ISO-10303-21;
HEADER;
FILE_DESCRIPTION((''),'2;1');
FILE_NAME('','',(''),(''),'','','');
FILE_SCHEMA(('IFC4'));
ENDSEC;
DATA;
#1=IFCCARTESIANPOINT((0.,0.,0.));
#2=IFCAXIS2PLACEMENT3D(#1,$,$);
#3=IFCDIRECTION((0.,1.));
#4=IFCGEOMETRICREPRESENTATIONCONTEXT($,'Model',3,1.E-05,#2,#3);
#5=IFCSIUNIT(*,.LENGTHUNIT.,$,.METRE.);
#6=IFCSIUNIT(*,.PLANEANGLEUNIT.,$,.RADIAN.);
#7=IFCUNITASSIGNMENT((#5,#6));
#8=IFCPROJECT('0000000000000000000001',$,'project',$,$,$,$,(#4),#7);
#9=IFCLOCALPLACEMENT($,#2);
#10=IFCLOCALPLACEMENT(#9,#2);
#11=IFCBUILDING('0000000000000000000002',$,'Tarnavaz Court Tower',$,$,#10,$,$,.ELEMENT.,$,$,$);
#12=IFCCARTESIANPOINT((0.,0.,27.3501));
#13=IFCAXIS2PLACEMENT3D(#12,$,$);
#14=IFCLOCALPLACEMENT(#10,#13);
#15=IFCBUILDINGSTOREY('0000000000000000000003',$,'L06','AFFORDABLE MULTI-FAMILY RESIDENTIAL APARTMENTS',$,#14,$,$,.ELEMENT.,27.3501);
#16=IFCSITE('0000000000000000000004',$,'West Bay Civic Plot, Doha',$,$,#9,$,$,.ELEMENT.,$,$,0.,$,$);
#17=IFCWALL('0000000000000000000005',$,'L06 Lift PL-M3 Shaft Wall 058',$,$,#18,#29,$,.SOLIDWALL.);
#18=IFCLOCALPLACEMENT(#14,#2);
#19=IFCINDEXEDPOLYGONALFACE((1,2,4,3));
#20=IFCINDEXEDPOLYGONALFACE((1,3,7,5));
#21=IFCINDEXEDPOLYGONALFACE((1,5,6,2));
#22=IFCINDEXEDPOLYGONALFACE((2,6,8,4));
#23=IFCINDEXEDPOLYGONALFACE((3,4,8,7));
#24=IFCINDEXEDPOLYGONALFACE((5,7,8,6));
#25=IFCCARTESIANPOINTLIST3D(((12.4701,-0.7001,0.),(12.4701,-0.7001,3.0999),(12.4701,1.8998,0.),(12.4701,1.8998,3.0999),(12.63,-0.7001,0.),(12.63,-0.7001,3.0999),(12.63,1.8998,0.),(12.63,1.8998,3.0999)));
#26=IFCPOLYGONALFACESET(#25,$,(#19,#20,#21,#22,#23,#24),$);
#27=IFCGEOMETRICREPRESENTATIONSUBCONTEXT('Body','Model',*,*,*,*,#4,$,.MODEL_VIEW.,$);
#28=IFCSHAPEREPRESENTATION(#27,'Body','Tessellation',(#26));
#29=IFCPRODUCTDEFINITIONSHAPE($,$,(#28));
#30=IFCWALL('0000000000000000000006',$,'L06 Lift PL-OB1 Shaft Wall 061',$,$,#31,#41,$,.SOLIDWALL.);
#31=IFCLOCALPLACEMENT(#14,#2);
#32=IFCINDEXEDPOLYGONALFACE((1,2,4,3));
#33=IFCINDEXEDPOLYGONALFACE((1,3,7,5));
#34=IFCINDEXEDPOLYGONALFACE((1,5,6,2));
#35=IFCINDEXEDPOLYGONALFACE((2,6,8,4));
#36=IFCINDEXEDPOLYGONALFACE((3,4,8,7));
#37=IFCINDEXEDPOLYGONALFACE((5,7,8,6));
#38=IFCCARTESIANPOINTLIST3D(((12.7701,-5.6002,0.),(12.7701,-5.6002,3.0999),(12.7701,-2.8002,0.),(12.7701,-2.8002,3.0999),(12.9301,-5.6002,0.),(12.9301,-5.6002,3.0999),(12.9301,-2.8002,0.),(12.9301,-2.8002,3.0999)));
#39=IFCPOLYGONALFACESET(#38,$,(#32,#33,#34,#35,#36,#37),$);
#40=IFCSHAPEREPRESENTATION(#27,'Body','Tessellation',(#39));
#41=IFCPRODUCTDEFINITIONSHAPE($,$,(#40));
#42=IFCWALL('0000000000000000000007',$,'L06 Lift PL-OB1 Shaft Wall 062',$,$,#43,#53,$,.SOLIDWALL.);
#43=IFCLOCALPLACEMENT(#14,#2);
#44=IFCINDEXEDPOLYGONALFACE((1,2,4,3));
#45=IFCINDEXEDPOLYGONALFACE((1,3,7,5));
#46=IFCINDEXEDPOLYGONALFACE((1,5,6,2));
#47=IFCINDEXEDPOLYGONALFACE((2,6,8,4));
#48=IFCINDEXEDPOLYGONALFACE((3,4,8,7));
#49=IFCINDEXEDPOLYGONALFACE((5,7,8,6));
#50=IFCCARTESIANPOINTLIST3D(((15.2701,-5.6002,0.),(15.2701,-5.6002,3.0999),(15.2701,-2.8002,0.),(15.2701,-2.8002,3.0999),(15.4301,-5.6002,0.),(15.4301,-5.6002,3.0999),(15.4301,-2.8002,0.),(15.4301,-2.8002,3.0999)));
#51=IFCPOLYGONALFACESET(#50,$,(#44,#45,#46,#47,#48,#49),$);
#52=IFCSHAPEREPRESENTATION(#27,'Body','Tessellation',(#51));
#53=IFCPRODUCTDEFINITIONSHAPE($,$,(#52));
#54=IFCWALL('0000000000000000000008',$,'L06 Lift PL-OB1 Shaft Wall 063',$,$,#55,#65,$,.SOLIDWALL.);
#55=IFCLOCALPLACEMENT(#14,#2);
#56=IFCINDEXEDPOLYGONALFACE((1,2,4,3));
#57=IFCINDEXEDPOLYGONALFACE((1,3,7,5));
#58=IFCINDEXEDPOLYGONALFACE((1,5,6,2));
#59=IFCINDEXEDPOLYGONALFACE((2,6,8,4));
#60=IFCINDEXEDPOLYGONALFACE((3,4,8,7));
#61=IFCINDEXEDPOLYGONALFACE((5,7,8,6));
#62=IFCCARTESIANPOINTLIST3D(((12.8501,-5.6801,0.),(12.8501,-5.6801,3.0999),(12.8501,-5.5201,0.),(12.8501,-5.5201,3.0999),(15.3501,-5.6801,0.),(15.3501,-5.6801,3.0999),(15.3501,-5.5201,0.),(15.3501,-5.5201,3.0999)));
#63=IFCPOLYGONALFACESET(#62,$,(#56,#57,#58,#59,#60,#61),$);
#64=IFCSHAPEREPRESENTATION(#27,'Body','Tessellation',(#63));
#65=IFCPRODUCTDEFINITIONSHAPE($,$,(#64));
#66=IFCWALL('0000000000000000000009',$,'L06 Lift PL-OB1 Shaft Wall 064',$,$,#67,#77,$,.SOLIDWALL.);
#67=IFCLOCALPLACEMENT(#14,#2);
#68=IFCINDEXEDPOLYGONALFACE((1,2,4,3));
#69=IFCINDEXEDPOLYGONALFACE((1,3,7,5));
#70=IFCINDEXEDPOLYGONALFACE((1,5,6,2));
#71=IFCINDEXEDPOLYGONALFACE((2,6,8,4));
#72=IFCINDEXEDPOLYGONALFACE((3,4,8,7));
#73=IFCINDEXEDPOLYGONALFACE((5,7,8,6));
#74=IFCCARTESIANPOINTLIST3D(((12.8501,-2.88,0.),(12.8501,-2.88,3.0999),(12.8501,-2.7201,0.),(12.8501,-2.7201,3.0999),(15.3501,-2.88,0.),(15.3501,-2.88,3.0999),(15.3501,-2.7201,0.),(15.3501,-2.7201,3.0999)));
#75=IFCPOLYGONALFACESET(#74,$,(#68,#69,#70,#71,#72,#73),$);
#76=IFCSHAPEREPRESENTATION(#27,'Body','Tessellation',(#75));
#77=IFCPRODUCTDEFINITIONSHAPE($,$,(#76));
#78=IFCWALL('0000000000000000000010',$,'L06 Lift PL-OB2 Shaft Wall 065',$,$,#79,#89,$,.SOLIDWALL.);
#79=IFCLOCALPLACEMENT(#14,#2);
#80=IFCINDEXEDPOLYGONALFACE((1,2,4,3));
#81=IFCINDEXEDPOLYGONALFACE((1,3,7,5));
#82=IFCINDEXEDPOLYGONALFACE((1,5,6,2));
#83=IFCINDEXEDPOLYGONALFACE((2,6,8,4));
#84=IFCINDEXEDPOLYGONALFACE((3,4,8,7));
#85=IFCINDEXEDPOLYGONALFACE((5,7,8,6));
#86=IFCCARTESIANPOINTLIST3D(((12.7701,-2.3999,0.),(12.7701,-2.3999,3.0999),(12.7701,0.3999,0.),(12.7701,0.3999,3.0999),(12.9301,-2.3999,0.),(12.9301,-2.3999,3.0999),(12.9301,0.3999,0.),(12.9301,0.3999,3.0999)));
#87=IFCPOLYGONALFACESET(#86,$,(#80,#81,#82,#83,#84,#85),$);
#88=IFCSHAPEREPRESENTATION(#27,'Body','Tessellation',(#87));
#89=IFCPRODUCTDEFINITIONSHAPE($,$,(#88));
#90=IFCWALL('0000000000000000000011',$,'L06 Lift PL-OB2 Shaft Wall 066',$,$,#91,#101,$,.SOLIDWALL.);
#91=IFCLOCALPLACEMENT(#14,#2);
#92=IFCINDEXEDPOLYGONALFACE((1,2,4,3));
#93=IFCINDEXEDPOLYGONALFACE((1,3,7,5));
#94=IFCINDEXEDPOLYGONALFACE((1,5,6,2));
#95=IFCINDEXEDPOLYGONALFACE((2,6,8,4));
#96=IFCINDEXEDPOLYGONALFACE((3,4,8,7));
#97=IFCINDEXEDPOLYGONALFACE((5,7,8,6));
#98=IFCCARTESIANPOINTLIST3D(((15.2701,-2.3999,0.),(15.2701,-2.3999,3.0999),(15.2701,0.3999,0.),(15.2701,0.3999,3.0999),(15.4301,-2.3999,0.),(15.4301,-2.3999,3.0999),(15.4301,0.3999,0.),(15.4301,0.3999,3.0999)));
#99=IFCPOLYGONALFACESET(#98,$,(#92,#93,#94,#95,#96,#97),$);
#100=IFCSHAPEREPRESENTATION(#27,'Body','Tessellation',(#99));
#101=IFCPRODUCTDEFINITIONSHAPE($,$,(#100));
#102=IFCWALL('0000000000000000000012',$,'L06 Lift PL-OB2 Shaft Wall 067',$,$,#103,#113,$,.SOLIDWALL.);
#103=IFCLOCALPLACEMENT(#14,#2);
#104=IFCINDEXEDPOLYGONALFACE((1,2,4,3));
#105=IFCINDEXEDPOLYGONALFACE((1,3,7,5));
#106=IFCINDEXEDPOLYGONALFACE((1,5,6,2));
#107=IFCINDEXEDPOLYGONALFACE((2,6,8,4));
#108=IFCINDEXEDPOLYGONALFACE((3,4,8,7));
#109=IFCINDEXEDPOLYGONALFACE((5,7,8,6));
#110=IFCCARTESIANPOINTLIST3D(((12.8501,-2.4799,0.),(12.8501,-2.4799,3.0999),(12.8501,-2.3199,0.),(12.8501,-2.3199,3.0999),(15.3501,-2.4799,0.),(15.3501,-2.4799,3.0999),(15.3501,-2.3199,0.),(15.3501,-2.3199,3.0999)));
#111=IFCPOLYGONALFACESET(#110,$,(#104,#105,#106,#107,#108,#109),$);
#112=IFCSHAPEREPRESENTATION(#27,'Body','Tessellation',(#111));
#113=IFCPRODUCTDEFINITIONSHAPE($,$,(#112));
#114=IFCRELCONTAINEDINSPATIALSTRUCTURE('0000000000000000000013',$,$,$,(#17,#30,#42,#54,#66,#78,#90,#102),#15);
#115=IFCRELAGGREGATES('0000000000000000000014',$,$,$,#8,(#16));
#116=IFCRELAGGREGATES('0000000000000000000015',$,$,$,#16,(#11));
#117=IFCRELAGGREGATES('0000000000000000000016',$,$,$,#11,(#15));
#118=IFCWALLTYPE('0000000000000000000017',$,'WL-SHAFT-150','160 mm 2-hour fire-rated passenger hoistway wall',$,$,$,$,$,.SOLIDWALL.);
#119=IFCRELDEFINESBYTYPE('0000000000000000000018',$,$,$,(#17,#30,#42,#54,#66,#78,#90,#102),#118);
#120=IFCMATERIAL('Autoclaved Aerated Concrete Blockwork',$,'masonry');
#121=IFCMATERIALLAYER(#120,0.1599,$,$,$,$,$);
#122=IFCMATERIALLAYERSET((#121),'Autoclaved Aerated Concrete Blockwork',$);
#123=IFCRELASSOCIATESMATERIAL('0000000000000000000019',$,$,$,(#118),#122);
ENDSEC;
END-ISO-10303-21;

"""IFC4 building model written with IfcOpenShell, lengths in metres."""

from ifc_helpers import new_model, si_unit, direction, frame, frame_2d, origin, place, context, subcontext, project, spatial, rectangle, extrude, material, layer, layer_set, type_object, element, save


model = new_model("IFC4")

# Units and contexts
model_context = context("Model", 3, precision=1e-05, world=origin(), true_north=direction((0.0, 1.0)))
body_context = subcontext(model_context, "Body", "Model", "MODEL_VIEW")
ifc_project = project(units=[si_unit("LENGTHUNIT", "METRE"), si_unit("PLANEANGLEUNIT", "RADIAN")], contexts=[model_context])

# Site, building, storey
site_placement = place(None, origin())
site = spatial("IfcSite", under=ifc_project, at=site_placement, Name="West Bay Civic Plot, Doha", CompositionType="ELEMENT", RefElevation=0.0)
building_placement = place(site_placement, origin())
building = spatial("IfcBuilding", under=site, at=building_placement, Name="Tarnavaz Court Tower", CompositionType="ELEMENT")
storey_placement = place(building_placement, frame((0.0, 0.0, 27.3501)))
storey = spatial("IfcBuildingStorey", under=building, at=storey_placement, Name="L06", Description="AFFORDABLE MULTI-FAMILY RESIDENTIAL APARTMENTS", CompositionType="ELEMENT", Elevation=27.3501)

# Walls
ifc_material_1 = material(Name="Autoclaved Aerated Concrete Blockwork", Category="masonry")
ifc_layer_1 = layer(ifc_material_1, 0.1599)
ifc_layer_set_1 = layer_set([ifc_layer_1], Name="Autoclaved Aerated Concrete Blockwork")
wall_type_1 = type_object("IfcWallType", Name="WL-SHAFT-150", Description="160 mm 2-hour fire-rated passenger hoistway wall", PredefinedType="SOLIDWALL", material=ifc_layer_set_1)
wall_1_placement = place(storey_placement, frame((12.55, -0.7, 0.0), z_axis=(0.0, 0.0, 1.0), x_axis=(0.0, 1.0, 0.0)))
element("IfcWall", 1, at=wall_1_placement, inside=storey, type_object=wall_type_1, Name="L06 Lift PL-M3 Shaft Wall 058", PredefinedType="SOLIDWALL", context=body_context, shape_type="SweptSolid", body=[
    extrude(rectangle(XDim=2.5999, YDim=0.1599, at=frame_2d((1.2998, 0.0))), origin(), (0.0, 0.0, 1.0), 3.0999),
])
for number, where, z_axis, x_axis, name in (
    (2, (12.8501, -5.6001, 0.0), (0.0, 0.0, 1.0), (0.0, 1.0, 0.0), "L06 Lift PL-OB1 Shaft Wall 061"),
    (3, (15.3501, -5.6001, 0.0), (0.0, 0.0, 1.0), (0.0, 1.0, 0.0), "L06 Lift PL-OB1 Shaft Wall 062"),
):
    element("IfcWall", number, at=place(storey_placement, frame(where, z_axis=z_axis, x_axis=x_axis)), inside=storey, type_object=wall_type_1, Name=name, PredefinedType="SOLIDWALL", context=body_context, shape_type="SweptSolid", body=[
        extrude(rectangle(XDim=2.8, YDim=0.1599, at=frame_2d((1.3999, 0.0))), origin(), (0.0, 0.0, 1.0), 3.0999),
    ])
for number, where, z_axis, x_axis, name in (
    (4, (12.8501, -5.6001, 0.0), (0.0, 0.0, 1.0), (1.0, 0.0, 0.0), "L06 Lift PL-OB1 Shaft Wall 063"),
    (5, (12.8501, -2.8, 0.0), (0.0, 0.0, 1.0), (1.0, 0.0, 0.0), "L06 Lift PL-OB1 Shaft Wall 064"),
):
    element("IfcWall", number, at=place(storey_placement, frame(where, z_axis=z_axis, x_axis=x_axis)), inside=storey, type_object=wall_type_1, Name=name, PredefinedType="SOLIDWALL", context=body_context, shape_type="SweptSolid", body=[
        extrude(rectangle(XDim=2.5, YDim=0.1599, at=frame_2d((1.25, 0.0))), origin(), (0.0, 0.0, 1.0), 3.0999),
    ])
for number, where, z_axis, x_axis, name in (
    (6, (12.8501, -2.3999, 0.0), (0.0, 0.0, 1.0), (0.0, 1.0, 0.0), "L06 Lift PL-OB2 Shaft Wall 065"),
    (7, (15.3501, -2.3999, 0.0), (0.0, 0.0, 1.0), (0.0, 1.0, 0.0), "L06 Lift PL-OB2 Shaft Wall 066"),
):
    element("IfcWall", number, at=place(storey_placement, frame(where, z_axis=z_axis, x_axis=x_axis)), inside=storey, type_object=wall_type_1, Name=name, PredefinedType="SOLIDWALL", context=body_context, shape_type="SweptSolid", body=[
        extrude(rectangle(XDim=2.7998, YDim=0.1599, at=frame_2d((1.3999, 0.0))), origin(), (0.0, 0.0, 1.0), 3.0999),
    ])
wall_2_placement = place(storey_placement, frame((12.8501, -2.3999, 0.0), z_axis=(0.0, 0.0, 1.0), x_axis=(1.0, 0.0, 0.0)))
element("IfcWall", 8, at=wall_2_placement, inside=storey, type_object=wall_type_1, Name="L06 Lift PL-OB2 Shaft Wall 067", PredefinedType="SOLIDWALL", context=body_context, shape_type="SweptSolid", body=[
    extrude(rectangle(XDim=2.5, YDim=0.1599, at=frame_2d((1.25, 0.0))), origin(), (0.0, 0.0, 1.0), 3.0999),
])

save(model, "model.ifc")
